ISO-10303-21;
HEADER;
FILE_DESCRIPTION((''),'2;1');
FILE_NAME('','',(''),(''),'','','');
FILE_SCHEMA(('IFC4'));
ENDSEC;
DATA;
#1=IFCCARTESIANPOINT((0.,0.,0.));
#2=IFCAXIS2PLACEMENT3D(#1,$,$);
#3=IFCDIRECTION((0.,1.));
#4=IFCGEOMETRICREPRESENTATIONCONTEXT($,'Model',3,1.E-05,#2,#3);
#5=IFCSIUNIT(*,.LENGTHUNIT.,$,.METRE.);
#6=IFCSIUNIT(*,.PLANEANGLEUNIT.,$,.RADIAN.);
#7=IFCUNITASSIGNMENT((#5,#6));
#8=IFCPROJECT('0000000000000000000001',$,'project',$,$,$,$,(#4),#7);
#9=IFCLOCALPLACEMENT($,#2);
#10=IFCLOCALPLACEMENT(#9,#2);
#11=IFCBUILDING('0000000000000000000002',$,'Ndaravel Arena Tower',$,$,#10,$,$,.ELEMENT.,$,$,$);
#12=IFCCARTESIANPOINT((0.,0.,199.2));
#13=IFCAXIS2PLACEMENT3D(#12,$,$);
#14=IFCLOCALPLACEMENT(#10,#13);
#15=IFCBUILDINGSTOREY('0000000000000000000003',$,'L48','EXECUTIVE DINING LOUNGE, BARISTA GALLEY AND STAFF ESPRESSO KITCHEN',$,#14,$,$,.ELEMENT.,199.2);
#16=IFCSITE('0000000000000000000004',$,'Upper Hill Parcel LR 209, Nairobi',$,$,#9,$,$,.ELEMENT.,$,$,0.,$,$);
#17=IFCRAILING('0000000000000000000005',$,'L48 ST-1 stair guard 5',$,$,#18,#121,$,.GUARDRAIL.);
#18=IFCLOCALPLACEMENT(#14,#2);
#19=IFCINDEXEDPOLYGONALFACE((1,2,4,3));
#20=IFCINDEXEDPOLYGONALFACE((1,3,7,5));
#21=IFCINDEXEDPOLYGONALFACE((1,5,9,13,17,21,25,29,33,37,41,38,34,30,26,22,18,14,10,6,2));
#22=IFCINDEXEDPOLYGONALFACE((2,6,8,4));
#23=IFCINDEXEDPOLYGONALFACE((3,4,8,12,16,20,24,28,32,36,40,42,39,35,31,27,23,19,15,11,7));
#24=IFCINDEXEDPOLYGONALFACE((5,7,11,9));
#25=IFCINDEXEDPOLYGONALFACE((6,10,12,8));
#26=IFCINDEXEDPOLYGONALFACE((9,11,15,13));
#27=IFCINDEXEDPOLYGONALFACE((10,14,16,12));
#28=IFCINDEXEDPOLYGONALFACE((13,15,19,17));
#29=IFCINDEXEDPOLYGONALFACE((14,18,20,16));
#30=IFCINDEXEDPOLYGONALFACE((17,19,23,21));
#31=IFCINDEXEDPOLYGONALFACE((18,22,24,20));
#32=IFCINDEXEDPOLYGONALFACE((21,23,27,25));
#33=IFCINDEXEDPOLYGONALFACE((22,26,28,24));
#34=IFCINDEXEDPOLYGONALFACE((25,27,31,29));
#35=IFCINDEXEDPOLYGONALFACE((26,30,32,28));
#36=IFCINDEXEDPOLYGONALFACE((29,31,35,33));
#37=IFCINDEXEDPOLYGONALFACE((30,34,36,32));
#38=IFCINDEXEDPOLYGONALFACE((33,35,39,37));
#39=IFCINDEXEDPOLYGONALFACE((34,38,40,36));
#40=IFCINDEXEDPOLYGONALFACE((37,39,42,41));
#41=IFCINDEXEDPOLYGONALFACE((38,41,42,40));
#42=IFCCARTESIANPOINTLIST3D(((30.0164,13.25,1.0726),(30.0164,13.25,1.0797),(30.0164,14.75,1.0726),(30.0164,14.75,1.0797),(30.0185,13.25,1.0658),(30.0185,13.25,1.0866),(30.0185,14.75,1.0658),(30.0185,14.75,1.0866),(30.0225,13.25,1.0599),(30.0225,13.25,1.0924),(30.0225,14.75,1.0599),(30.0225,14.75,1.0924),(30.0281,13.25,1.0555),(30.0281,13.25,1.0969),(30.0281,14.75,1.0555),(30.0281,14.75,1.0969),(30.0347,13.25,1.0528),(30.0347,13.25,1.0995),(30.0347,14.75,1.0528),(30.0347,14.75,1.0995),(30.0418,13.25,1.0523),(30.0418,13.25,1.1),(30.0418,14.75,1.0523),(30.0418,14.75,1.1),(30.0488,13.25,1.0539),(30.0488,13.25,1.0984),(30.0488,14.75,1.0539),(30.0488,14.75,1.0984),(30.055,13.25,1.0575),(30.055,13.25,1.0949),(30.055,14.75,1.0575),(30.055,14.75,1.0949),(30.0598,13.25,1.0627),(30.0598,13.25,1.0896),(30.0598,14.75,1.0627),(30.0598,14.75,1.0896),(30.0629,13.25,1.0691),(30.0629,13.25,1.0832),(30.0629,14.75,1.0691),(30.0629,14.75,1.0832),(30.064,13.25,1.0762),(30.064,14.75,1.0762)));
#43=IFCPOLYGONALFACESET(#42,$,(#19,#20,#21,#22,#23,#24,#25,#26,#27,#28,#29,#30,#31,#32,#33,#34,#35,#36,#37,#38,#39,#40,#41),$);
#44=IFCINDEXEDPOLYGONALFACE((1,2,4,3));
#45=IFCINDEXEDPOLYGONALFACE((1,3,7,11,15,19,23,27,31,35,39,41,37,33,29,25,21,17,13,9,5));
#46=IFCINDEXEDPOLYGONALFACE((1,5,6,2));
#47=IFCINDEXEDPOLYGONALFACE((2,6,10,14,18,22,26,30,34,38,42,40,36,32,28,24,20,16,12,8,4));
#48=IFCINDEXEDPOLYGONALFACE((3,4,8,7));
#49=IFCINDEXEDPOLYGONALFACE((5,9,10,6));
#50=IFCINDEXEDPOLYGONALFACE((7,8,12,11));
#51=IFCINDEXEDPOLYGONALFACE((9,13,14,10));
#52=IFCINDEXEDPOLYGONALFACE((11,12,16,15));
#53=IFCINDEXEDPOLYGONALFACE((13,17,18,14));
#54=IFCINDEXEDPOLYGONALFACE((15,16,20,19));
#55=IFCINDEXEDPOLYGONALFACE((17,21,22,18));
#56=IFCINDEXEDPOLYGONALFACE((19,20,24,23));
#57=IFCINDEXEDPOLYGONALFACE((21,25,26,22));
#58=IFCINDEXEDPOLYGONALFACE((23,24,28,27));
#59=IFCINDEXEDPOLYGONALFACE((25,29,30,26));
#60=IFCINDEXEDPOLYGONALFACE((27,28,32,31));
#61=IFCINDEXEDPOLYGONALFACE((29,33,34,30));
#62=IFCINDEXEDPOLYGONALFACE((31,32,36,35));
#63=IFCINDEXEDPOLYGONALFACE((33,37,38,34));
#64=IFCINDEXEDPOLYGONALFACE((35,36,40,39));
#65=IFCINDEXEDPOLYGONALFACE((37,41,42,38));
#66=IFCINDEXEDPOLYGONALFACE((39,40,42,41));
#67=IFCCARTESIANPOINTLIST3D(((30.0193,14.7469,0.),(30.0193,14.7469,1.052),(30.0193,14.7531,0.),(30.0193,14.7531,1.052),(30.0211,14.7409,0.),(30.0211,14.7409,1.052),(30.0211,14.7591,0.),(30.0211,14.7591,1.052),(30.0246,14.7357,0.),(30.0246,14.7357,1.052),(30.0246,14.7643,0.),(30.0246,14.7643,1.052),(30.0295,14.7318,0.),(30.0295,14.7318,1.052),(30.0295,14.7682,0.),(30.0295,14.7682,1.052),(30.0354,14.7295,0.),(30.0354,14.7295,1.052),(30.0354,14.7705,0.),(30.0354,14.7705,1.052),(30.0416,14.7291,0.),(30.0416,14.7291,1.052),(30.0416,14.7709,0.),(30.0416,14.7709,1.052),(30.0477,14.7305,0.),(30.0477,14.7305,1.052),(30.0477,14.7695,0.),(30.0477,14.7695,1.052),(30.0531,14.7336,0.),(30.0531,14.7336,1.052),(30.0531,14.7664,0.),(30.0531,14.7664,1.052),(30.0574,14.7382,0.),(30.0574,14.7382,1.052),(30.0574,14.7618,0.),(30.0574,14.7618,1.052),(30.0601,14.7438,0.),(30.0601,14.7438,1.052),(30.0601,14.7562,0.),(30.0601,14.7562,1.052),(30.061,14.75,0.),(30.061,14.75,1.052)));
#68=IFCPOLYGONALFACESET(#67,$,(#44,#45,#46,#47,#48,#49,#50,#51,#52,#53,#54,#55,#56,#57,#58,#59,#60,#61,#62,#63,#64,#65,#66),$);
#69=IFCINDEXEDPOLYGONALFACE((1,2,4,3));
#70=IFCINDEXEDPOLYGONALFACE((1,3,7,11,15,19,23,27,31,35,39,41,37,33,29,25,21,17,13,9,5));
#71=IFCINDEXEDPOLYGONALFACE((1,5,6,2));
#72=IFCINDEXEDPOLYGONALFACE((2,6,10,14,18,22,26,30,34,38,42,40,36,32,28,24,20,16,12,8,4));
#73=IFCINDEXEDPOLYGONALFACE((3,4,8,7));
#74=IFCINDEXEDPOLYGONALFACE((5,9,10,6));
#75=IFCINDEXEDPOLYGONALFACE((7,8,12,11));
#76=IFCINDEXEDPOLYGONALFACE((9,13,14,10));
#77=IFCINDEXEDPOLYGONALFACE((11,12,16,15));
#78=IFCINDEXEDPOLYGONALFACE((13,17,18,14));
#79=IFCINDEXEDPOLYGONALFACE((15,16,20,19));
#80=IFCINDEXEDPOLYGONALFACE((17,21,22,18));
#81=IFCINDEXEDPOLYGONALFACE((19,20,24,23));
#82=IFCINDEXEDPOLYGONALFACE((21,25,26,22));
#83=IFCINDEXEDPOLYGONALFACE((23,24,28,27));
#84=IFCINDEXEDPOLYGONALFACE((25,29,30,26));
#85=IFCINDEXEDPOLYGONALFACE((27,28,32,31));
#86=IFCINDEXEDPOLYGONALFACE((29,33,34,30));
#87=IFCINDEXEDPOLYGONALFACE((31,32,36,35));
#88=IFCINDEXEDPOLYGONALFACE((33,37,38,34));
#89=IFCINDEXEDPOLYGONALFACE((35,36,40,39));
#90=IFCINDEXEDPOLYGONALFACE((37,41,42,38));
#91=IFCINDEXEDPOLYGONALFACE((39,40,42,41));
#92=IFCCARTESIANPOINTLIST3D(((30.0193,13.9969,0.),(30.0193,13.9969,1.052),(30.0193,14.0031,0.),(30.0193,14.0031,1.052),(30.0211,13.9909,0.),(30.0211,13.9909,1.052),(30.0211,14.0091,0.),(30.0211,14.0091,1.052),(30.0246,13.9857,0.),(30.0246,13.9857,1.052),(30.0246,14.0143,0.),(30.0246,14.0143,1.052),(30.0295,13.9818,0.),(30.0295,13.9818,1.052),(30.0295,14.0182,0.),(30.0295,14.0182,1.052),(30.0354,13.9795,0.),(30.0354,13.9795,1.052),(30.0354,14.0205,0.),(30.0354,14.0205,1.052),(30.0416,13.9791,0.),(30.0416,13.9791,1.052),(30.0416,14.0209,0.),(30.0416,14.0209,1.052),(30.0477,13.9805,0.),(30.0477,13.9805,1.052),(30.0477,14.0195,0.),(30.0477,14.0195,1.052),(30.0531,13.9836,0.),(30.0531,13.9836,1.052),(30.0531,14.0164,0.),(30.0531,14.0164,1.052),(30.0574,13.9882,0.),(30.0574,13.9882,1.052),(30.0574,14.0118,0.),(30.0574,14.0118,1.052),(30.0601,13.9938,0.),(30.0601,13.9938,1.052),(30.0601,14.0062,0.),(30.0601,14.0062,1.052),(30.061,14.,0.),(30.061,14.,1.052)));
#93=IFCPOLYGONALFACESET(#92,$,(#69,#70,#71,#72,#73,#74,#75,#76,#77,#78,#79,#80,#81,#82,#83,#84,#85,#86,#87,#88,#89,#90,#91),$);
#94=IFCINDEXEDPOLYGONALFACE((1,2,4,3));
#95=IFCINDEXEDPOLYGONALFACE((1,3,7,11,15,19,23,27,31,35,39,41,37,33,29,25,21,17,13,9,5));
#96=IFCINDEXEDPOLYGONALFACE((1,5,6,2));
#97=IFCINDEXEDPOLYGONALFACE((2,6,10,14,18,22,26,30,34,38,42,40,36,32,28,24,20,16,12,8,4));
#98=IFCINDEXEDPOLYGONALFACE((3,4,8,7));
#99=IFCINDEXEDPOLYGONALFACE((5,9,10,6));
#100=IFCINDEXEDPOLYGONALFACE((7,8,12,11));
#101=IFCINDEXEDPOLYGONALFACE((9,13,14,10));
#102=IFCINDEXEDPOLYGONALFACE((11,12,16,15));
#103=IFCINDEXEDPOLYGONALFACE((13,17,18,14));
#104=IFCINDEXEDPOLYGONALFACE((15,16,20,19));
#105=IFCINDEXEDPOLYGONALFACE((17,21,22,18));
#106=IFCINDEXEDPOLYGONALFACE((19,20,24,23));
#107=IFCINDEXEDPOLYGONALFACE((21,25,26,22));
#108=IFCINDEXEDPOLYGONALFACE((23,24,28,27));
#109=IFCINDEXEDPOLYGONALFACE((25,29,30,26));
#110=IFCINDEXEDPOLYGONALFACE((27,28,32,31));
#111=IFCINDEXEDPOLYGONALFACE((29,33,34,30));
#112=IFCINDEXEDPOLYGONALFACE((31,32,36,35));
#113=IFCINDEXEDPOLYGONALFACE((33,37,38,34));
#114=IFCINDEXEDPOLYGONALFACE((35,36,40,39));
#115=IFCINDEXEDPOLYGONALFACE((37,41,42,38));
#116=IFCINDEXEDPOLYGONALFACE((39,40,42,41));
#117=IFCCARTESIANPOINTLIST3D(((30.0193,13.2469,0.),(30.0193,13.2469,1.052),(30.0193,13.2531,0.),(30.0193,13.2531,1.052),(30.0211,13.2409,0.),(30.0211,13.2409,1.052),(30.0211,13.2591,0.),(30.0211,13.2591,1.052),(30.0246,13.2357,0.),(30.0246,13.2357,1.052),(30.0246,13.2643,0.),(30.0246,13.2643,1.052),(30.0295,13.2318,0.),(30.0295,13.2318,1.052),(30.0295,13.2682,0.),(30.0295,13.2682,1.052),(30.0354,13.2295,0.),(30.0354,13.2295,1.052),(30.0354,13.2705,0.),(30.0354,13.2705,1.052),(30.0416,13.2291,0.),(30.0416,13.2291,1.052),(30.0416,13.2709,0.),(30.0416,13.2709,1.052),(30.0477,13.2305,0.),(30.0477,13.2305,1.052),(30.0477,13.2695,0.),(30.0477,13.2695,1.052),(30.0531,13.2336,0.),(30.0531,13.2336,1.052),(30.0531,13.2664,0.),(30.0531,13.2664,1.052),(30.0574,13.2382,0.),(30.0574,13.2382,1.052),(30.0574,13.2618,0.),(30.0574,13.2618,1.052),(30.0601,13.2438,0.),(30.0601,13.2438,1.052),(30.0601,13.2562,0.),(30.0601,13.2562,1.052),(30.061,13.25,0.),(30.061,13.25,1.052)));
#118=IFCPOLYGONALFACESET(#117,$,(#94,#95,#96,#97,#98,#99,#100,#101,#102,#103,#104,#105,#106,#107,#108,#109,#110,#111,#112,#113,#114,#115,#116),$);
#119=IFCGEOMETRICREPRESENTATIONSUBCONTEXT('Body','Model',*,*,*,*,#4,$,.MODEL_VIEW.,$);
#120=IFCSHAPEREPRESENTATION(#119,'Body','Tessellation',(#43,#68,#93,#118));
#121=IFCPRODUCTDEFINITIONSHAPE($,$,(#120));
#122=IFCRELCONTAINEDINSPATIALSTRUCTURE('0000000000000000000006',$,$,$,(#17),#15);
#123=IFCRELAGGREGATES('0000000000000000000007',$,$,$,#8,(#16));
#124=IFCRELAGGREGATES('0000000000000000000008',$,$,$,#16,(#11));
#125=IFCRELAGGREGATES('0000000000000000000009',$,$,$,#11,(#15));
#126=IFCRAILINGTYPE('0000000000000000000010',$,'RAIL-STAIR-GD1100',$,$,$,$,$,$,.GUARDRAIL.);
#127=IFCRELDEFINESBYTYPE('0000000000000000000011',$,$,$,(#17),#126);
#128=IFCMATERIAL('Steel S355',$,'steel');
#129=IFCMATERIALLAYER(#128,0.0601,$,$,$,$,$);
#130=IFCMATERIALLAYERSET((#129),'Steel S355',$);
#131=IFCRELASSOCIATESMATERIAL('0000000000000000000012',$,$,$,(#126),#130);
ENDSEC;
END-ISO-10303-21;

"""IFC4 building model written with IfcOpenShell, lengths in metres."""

from ifc_helpers import new_model, si_unit, direction, frame, origin, origin_2d, place, context, subcontext, project, spatial, circle, extrude, material, layer, layer_set, type_object, element, save


model = new_model("IFC4")

# Units and contexts
model_context = context("Model", 3, precision=1e-05, world=origin(), true_north=direction((0.0, 1.0)))
body_context = subcontext(model_context, "Body", "Model", "MODEL_VIEW")
ifc_project = project(units=[si_unit("LENGTHUNIT", "METRE"), si_unit("PLANEANGLEUNIT", "RADIAN")], contexts=[model_context])

# Site, building, storey
site_placement = place(None, origin())
site = spatial("IfcSite", under=ifc_project, at=site_placement, Name="Upper Hill Parcel LR 209, Nairobi", CompositionType="ELEMENT", RefElevation=0.0)
building_placement = place(site_placement, origin())
building = spatial("IfcBuilding", under=site, at=building_placement, Name="Ndaravel Arena Tower", CompositionType="ELEMENT")
storey_placement = place(building_placement, frame((0.0, 0.0, 199.2)))
storey = spatial("IfcBuildingStorey", under=building, at=storey_placement, Name="L48", Description="EXECUTIVE DINING LOUNGE, BARISTA GALLEY AND STAFF ESPRESSO KITCHEN", CompositionType="ELEMENT", Elevation=199.2)

# Railing
ifc_material_1 = material(Name="Steel S355", Category="steel")
ifc_layer_1 = layer(ifc_material_1, 0.0601)
ifc_layer_set_1 = layer_set([ifc_layer_1], Name="Steel S355")
railing_type = type_object("IfcRailingType", Name="RAIL-STAIR-GD1100", PredefinedType="GUARDRAIL", material=ifc_layer_set_1)
railing_placement = place(storey_placement, frame((30.04, 14.75, 0.0)))
element("IfcRailing", 1, at=railing_placement, inside=storey, type_object=railing_type, Name="L48 ST-1 stair guard 5", PredefinedType="GUARDRAIL", context=body_context, shape_type="SweptSolid", body=[
    extrude(circle(Radius=0.0239, at=origin_2d()), frame((0.0, 0.0, 1.0762), z_axis=(0.0, -1.0, 0.0), x_axis=(1.0, 0.0, 0.0)), (0.0, 0.0, 1.0), 1.5),
    extrude(circle(Radius=0.021, at=origin_2d()), origin(), (0.0, 0.0, 1.0), 1.052),
    extrude(circle(Radius=0.021, at=origin_2d()), frame((0.0, -0.75, 0.0)), (0.0, 0.0, 1.0), 1.052),
    extrude(circle(Radius=0.021, at=origin_2d()), frame((0.0, -1.5, 0.0)), (0.0, 0.0, 1.0), 1.052),
])

save(model, "model.ifc")
